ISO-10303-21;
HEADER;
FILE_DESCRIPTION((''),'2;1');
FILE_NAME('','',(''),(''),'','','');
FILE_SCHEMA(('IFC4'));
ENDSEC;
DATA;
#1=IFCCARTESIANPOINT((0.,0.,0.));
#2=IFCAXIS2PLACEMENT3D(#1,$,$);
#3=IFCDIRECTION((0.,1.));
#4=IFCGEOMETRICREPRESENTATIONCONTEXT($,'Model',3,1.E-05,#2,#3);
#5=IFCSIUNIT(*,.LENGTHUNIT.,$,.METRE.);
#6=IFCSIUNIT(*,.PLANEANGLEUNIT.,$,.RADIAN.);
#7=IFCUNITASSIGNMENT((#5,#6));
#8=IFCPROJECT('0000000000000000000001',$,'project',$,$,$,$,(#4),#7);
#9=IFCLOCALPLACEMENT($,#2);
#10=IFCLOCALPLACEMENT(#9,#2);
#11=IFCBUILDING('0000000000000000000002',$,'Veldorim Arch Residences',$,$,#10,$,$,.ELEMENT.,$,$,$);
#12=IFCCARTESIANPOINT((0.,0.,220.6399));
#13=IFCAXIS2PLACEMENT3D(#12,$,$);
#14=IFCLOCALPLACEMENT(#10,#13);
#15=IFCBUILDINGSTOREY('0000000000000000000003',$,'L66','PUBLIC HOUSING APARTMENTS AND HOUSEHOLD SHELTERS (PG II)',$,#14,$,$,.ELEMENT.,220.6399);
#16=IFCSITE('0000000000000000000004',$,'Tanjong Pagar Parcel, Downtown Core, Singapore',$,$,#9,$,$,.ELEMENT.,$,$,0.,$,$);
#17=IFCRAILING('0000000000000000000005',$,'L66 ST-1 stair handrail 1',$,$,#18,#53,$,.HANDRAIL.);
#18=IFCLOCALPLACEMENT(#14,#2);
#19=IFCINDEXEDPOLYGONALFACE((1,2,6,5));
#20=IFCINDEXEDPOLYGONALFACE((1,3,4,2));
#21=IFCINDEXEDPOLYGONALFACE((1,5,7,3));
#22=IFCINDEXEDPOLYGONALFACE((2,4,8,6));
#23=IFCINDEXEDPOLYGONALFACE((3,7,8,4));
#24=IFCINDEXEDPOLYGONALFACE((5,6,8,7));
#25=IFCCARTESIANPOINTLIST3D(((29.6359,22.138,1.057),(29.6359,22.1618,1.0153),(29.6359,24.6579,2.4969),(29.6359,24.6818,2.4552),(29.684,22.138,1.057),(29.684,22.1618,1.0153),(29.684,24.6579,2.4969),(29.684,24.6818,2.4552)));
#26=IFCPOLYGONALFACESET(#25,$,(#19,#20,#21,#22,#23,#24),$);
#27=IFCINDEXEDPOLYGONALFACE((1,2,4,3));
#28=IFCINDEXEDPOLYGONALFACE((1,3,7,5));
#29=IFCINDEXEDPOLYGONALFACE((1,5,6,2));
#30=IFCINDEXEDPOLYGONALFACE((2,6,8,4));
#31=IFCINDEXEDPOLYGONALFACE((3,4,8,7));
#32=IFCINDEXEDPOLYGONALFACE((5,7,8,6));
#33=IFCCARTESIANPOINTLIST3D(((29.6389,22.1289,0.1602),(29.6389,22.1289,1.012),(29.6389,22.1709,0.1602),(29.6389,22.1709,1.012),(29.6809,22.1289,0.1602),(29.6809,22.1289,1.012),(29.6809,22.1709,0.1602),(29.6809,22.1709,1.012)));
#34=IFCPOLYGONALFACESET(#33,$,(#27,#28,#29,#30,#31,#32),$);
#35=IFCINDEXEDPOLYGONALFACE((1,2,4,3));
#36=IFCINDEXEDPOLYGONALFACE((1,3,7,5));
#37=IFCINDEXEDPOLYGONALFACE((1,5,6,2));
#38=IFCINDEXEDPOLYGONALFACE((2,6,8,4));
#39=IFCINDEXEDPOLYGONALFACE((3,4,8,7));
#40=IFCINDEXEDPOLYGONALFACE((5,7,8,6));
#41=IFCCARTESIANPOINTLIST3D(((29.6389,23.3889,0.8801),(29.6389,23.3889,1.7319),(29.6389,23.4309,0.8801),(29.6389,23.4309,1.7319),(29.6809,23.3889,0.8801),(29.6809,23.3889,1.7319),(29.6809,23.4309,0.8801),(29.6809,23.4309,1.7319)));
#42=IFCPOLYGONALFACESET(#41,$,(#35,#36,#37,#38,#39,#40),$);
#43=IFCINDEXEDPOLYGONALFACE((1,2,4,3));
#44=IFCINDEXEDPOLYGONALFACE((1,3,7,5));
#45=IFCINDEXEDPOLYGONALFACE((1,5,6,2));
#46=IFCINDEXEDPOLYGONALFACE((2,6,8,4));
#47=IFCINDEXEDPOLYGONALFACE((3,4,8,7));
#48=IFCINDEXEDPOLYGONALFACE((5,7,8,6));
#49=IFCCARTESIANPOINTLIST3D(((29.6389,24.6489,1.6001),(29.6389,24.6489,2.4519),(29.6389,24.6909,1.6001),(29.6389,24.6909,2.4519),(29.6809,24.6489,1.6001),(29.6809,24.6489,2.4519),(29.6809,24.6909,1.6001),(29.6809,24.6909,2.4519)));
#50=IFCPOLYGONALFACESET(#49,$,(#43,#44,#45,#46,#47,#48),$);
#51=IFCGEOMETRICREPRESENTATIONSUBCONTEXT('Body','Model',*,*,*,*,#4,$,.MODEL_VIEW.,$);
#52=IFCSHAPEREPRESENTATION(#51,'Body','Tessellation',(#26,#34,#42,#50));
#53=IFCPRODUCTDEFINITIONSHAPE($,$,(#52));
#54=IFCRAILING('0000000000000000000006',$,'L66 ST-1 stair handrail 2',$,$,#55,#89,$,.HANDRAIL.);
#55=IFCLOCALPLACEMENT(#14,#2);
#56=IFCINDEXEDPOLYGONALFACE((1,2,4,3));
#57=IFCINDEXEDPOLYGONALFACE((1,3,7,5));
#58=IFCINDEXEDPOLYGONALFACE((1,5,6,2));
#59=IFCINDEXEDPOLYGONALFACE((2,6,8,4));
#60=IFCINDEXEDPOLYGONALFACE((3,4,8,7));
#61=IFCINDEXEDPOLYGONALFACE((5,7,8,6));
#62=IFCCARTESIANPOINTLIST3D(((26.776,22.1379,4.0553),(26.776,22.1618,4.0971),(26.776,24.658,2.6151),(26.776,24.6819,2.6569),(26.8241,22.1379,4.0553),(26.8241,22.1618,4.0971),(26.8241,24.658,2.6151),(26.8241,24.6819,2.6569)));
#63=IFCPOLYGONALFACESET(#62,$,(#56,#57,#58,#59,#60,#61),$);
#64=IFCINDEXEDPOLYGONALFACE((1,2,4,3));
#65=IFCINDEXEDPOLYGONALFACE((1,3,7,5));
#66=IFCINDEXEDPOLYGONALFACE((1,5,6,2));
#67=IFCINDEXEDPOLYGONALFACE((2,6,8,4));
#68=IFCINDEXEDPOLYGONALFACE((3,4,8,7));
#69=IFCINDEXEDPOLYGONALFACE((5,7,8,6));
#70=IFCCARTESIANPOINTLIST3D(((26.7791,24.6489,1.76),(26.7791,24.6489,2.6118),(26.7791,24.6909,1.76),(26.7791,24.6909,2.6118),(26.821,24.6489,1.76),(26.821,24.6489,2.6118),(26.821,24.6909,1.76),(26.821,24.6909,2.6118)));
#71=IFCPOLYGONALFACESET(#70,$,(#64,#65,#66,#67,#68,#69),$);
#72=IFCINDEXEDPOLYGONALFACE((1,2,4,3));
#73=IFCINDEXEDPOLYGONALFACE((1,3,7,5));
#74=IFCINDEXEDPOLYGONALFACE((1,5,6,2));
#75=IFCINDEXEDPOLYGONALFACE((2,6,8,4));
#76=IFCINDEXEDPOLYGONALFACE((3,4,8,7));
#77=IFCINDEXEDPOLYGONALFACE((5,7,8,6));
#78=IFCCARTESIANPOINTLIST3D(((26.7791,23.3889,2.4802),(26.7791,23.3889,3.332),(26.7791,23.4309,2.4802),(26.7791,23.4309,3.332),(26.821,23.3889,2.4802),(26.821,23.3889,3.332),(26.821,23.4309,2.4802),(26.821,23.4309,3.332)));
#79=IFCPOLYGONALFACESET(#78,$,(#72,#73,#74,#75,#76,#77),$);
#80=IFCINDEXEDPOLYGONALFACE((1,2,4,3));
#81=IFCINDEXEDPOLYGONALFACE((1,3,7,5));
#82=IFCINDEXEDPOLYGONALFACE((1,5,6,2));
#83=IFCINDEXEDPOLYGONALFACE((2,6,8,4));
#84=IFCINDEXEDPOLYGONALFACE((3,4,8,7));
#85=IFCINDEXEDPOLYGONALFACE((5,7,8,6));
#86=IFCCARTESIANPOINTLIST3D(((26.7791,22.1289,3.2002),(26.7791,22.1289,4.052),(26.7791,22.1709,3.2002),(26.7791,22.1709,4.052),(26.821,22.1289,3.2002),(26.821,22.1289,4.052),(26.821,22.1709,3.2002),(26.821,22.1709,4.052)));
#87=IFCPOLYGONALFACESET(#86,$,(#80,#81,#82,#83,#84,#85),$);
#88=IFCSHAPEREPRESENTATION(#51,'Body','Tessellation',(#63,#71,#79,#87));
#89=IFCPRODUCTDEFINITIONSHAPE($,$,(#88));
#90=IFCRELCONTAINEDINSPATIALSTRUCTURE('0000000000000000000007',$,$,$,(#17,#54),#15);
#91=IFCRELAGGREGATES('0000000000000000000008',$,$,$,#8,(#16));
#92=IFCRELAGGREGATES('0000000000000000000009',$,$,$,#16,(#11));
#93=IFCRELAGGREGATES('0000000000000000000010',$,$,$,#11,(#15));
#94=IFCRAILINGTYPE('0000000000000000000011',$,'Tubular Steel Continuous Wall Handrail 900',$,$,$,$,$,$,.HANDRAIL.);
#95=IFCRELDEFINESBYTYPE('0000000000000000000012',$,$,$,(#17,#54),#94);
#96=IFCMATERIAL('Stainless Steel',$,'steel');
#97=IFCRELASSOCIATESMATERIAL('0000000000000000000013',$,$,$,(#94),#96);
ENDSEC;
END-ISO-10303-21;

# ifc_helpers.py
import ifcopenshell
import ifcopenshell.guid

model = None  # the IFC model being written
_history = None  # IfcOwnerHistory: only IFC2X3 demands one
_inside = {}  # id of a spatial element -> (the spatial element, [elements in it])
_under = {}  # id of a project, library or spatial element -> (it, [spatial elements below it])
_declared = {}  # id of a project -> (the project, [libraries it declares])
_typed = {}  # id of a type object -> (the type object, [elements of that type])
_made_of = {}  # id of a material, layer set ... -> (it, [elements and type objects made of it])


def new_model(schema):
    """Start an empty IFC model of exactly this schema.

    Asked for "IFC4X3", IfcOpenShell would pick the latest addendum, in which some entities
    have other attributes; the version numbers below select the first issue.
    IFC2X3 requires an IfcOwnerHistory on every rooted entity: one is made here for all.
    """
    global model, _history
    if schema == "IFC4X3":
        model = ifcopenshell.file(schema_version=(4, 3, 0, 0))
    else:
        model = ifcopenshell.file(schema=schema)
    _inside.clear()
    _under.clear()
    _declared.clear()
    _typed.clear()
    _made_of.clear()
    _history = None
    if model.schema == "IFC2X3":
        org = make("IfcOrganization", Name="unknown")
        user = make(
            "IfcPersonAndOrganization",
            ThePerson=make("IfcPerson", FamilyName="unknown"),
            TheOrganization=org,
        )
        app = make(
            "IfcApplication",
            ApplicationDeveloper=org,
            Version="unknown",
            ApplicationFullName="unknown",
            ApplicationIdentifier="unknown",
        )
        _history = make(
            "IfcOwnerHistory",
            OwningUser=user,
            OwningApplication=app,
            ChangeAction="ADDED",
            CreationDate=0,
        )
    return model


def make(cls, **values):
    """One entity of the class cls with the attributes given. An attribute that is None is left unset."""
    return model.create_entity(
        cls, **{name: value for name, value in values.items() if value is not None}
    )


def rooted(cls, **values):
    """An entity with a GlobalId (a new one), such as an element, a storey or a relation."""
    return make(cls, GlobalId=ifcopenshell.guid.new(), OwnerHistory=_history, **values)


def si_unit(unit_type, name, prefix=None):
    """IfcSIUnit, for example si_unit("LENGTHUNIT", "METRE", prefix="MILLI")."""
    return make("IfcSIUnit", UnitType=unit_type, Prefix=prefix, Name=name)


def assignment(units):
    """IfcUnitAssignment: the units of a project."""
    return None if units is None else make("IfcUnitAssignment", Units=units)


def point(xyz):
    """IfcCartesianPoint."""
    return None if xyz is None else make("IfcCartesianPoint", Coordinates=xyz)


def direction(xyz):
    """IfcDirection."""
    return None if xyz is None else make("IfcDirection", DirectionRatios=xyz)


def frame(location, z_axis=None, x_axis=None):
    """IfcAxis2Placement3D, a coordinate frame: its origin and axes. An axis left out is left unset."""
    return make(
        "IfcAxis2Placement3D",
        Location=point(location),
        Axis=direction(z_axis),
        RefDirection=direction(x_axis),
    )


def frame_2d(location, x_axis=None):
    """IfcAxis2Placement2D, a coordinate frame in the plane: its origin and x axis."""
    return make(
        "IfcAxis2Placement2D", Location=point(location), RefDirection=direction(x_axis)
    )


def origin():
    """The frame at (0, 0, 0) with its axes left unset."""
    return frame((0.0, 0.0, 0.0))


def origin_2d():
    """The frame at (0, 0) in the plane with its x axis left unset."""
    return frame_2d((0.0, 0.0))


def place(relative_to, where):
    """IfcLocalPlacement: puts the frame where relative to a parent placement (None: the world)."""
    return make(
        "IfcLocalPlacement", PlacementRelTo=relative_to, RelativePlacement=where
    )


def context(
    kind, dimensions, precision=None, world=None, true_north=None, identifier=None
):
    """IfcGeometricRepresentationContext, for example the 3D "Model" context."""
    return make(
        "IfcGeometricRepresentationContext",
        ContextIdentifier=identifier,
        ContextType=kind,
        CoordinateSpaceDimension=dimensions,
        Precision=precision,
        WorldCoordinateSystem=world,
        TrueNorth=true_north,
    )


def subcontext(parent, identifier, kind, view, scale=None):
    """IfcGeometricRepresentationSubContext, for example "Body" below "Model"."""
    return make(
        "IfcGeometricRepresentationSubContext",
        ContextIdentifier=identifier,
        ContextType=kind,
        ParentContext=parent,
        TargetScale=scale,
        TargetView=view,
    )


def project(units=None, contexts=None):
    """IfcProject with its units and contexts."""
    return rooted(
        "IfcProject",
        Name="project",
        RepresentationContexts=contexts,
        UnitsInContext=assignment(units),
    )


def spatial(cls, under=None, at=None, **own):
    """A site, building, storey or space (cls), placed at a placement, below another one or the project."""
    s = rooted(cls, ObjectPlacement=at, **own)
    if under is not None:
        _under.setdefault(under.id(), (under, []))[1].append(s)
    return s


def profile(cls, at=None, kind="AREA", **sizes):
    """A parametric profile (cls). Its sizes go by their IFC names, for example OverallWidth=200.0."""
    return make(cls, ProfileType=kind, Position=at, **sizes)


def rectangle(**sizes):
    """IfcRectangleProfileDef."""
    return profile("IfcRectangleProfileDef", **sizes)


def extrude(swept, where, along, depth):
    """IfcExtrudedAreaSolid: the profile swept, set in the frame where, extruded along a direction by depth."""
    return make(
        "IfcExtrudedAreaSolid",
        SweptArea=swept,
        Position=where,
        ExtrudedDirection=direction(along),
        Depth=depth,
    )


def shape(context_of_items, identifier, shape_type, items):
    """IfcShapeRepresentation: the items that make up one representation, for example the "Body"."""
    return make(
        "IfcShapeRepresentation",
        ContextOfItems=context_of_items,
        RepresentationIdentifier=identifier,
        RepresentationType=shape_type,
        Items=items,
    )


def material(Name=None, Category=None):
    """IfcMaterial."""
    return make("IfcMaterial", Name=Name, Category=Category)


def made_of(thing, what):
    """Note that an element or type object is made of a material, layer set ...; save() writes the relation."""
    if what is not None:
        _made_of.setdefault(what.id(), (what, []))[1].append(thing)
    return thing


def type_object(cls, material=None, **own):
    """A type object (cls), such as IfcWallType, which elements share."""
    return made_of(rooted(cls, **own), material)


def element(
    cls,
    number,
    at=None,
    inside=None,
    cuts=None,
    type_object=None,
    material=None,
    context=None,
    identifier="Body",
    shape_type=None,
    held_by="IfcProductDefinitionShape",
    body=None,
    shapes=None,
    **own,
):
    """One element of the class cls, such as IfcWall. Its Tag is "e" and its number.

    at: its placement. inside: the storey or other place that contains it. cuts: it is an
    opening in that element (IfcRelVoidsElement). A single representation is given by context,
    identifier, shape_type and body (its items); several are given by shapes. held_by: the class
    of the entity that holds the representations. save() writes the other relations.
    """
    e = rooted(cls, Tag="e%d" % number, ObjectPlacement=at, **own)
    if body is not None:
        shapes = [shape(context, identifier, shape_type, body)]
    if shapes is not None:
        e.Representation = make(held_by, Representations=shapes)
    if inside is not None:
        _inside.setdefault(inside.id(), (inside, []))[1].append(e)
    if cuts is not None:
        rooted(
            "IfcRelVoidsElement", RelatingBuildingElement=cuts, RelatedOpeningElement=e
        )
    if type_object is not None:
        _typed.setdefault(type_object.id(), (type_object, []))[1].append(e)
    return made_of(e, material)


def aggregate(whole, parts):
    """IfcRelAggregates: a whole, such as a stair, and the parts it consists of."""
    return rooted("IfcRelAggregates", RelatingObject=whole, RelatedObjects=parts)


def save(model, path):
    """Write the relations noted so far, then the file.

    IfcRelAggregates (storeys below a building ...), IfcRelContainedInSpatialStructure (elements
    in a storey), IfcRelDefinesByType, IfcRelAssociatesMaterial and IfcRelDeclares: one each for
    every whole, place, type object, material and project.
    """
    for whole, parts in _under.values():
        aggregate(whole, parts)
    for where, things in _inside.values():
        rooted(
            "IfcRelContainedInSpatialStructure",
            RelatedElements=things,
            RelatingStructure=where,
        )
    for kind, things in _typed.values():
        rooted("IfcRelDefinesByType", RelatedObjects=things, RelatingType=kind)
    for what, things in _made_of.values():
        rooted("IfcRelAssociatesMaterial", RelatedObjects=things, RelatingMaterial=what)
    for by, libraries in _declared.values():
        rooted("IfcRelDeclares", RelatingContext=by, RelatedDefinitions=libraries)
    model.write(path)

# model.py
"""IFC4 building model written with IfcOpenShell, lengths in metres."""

from ifc_helpers import new_model, si_unit, direction, frame, origin, origin_2d, place, context, subcontext, project, spatial, rectangle, extrude, material, type_object, element, save


model = new_model("IFC4")

# Units and contexts
model_context = context("Model", 3, precision=1e-05, world=origin(), true_north=direction((0.0, 1.0)))
body_context = subcontext(model_context, "Body", "Model", "MODEL_VIEW")
ifc_project = project(units=[si_unit("LENGTHUNIT", "METRE"), si_unit("PLANEANGLEUNIT", "RADIAN")], contexts=[model_context])

# Site, building, storey
site_placement = place(None, origin())
site = spatial("IfcSite", under=ifc_project, at=site_placement, Name="Tanjong Pagar Parcel, Downtown Core, Singapore", CompositionType="ELEMENT", RefElevation=0.0)
building_placement = place(site_placement, origin())
building = spatial("IfcBuilding", under=site, at=building_placement, Name="Veldorim Arch Residences", CompositionType="ELEMENT")
storey_placement = place(building_placement, frame((0.0, 0.0, 220.6399)))
storey = spatial("IfcBuildingStorey", under=building, at=storey_placement, Name="L66", Description="PUBLIC HOUSING APARTMENTS AND HOUSEHOLD SHELTERS (PG II)", CompositionType="ELEMENT", Elevation=220.6399)

# Railings
ifc_material_1 = material(Name="Stainless Steel", Category="steel")
railing_type_1 = type_object("IfcRailingType", Name="Tubular Steel Continuous Wall Handrail 900", PredefinedType="HANDRAIL", material=ifc_material_1)
railing_1_placement = place(storey_placement, frame((29.6599, 22.1499, 0.1602)))
element("IfcRailing", 1, at=railing_1_placement, inside=storey, type_object=railing_type_1, Name="L66 ST-1 stair handrail 1", PredefinedType="HANDRAIL", context=body_context, shape_type="SweptSolid", body=[
    extrude(rectangle(XDim=0.0481, YDim=0.0481, at=origin_2d()), frame((0.0, 0.0, 0.876), z_axis=(0.0, 0.868253, 0.496121), x_axis=(-1.0, 0.0, 0.0)), (0.0, 0.0, 1.0), 2.9023),
    extrude(rectangle(XDim=0.042, YDim=0.042, at=origin_2d()), origin(), (0.0, 0.0, 1.0), 0.8518),
    extrude(rectangle(XDim=0.042, YDim=0.042, at=origin_2d()), frame((0.0, 1.26, 0.72)), (0.0, 0.0, 1.0), 0.8518),
    extrude(rectangle(XDim=0.042, YDim=0.042, at=origin_2d()), frame((0.0, 2.52, 1.4399)), (0.0, 0.0, 1.0), 0.8518),
])
railing_2_placement = place(storey_placement, frame((26.8, 24.6699, 1.76)))
element("IfcRailing", 2, at=railing_2_placement, inside=storey, type_object=railing_type_1, Name="L66 ST-1 stair handrail 2", PredefinedType="HANDRAIL", context=body_context, shape_type="SweptSolid", body=[
    extrude(rectangle(XDim=0.0481, YDim=0.0481, at=origin_2d()), frame((0.0, 0.0, 0.876), z_axis=(0.0, -0.868217, 0.496184), x_axis=(1.0, 0.0, 0.0)), (0.0, 0.0, 1.0), 2.9026),
    extrude(rectangle(XDim=0.042, YDim=0.042, at=origin_2d()), origin(), (0.0, 0.0, 1.0), 0.8518),
    extrude(rectangle(XDim=0.042, YDim=0.042, at=origin_2d()), frame((0.0, -1.26, 0.7202)), (0.0, 0.0, 1.0), 0.8518),
    extrude(rectangle(XDim=0.042, YDim=0.042, at=origin_2d()), frame((0.0, -2.52, 1.4402)), (0.0, 0.0, 1.0), 0.8518),
])

save(model, "model.ifc")
